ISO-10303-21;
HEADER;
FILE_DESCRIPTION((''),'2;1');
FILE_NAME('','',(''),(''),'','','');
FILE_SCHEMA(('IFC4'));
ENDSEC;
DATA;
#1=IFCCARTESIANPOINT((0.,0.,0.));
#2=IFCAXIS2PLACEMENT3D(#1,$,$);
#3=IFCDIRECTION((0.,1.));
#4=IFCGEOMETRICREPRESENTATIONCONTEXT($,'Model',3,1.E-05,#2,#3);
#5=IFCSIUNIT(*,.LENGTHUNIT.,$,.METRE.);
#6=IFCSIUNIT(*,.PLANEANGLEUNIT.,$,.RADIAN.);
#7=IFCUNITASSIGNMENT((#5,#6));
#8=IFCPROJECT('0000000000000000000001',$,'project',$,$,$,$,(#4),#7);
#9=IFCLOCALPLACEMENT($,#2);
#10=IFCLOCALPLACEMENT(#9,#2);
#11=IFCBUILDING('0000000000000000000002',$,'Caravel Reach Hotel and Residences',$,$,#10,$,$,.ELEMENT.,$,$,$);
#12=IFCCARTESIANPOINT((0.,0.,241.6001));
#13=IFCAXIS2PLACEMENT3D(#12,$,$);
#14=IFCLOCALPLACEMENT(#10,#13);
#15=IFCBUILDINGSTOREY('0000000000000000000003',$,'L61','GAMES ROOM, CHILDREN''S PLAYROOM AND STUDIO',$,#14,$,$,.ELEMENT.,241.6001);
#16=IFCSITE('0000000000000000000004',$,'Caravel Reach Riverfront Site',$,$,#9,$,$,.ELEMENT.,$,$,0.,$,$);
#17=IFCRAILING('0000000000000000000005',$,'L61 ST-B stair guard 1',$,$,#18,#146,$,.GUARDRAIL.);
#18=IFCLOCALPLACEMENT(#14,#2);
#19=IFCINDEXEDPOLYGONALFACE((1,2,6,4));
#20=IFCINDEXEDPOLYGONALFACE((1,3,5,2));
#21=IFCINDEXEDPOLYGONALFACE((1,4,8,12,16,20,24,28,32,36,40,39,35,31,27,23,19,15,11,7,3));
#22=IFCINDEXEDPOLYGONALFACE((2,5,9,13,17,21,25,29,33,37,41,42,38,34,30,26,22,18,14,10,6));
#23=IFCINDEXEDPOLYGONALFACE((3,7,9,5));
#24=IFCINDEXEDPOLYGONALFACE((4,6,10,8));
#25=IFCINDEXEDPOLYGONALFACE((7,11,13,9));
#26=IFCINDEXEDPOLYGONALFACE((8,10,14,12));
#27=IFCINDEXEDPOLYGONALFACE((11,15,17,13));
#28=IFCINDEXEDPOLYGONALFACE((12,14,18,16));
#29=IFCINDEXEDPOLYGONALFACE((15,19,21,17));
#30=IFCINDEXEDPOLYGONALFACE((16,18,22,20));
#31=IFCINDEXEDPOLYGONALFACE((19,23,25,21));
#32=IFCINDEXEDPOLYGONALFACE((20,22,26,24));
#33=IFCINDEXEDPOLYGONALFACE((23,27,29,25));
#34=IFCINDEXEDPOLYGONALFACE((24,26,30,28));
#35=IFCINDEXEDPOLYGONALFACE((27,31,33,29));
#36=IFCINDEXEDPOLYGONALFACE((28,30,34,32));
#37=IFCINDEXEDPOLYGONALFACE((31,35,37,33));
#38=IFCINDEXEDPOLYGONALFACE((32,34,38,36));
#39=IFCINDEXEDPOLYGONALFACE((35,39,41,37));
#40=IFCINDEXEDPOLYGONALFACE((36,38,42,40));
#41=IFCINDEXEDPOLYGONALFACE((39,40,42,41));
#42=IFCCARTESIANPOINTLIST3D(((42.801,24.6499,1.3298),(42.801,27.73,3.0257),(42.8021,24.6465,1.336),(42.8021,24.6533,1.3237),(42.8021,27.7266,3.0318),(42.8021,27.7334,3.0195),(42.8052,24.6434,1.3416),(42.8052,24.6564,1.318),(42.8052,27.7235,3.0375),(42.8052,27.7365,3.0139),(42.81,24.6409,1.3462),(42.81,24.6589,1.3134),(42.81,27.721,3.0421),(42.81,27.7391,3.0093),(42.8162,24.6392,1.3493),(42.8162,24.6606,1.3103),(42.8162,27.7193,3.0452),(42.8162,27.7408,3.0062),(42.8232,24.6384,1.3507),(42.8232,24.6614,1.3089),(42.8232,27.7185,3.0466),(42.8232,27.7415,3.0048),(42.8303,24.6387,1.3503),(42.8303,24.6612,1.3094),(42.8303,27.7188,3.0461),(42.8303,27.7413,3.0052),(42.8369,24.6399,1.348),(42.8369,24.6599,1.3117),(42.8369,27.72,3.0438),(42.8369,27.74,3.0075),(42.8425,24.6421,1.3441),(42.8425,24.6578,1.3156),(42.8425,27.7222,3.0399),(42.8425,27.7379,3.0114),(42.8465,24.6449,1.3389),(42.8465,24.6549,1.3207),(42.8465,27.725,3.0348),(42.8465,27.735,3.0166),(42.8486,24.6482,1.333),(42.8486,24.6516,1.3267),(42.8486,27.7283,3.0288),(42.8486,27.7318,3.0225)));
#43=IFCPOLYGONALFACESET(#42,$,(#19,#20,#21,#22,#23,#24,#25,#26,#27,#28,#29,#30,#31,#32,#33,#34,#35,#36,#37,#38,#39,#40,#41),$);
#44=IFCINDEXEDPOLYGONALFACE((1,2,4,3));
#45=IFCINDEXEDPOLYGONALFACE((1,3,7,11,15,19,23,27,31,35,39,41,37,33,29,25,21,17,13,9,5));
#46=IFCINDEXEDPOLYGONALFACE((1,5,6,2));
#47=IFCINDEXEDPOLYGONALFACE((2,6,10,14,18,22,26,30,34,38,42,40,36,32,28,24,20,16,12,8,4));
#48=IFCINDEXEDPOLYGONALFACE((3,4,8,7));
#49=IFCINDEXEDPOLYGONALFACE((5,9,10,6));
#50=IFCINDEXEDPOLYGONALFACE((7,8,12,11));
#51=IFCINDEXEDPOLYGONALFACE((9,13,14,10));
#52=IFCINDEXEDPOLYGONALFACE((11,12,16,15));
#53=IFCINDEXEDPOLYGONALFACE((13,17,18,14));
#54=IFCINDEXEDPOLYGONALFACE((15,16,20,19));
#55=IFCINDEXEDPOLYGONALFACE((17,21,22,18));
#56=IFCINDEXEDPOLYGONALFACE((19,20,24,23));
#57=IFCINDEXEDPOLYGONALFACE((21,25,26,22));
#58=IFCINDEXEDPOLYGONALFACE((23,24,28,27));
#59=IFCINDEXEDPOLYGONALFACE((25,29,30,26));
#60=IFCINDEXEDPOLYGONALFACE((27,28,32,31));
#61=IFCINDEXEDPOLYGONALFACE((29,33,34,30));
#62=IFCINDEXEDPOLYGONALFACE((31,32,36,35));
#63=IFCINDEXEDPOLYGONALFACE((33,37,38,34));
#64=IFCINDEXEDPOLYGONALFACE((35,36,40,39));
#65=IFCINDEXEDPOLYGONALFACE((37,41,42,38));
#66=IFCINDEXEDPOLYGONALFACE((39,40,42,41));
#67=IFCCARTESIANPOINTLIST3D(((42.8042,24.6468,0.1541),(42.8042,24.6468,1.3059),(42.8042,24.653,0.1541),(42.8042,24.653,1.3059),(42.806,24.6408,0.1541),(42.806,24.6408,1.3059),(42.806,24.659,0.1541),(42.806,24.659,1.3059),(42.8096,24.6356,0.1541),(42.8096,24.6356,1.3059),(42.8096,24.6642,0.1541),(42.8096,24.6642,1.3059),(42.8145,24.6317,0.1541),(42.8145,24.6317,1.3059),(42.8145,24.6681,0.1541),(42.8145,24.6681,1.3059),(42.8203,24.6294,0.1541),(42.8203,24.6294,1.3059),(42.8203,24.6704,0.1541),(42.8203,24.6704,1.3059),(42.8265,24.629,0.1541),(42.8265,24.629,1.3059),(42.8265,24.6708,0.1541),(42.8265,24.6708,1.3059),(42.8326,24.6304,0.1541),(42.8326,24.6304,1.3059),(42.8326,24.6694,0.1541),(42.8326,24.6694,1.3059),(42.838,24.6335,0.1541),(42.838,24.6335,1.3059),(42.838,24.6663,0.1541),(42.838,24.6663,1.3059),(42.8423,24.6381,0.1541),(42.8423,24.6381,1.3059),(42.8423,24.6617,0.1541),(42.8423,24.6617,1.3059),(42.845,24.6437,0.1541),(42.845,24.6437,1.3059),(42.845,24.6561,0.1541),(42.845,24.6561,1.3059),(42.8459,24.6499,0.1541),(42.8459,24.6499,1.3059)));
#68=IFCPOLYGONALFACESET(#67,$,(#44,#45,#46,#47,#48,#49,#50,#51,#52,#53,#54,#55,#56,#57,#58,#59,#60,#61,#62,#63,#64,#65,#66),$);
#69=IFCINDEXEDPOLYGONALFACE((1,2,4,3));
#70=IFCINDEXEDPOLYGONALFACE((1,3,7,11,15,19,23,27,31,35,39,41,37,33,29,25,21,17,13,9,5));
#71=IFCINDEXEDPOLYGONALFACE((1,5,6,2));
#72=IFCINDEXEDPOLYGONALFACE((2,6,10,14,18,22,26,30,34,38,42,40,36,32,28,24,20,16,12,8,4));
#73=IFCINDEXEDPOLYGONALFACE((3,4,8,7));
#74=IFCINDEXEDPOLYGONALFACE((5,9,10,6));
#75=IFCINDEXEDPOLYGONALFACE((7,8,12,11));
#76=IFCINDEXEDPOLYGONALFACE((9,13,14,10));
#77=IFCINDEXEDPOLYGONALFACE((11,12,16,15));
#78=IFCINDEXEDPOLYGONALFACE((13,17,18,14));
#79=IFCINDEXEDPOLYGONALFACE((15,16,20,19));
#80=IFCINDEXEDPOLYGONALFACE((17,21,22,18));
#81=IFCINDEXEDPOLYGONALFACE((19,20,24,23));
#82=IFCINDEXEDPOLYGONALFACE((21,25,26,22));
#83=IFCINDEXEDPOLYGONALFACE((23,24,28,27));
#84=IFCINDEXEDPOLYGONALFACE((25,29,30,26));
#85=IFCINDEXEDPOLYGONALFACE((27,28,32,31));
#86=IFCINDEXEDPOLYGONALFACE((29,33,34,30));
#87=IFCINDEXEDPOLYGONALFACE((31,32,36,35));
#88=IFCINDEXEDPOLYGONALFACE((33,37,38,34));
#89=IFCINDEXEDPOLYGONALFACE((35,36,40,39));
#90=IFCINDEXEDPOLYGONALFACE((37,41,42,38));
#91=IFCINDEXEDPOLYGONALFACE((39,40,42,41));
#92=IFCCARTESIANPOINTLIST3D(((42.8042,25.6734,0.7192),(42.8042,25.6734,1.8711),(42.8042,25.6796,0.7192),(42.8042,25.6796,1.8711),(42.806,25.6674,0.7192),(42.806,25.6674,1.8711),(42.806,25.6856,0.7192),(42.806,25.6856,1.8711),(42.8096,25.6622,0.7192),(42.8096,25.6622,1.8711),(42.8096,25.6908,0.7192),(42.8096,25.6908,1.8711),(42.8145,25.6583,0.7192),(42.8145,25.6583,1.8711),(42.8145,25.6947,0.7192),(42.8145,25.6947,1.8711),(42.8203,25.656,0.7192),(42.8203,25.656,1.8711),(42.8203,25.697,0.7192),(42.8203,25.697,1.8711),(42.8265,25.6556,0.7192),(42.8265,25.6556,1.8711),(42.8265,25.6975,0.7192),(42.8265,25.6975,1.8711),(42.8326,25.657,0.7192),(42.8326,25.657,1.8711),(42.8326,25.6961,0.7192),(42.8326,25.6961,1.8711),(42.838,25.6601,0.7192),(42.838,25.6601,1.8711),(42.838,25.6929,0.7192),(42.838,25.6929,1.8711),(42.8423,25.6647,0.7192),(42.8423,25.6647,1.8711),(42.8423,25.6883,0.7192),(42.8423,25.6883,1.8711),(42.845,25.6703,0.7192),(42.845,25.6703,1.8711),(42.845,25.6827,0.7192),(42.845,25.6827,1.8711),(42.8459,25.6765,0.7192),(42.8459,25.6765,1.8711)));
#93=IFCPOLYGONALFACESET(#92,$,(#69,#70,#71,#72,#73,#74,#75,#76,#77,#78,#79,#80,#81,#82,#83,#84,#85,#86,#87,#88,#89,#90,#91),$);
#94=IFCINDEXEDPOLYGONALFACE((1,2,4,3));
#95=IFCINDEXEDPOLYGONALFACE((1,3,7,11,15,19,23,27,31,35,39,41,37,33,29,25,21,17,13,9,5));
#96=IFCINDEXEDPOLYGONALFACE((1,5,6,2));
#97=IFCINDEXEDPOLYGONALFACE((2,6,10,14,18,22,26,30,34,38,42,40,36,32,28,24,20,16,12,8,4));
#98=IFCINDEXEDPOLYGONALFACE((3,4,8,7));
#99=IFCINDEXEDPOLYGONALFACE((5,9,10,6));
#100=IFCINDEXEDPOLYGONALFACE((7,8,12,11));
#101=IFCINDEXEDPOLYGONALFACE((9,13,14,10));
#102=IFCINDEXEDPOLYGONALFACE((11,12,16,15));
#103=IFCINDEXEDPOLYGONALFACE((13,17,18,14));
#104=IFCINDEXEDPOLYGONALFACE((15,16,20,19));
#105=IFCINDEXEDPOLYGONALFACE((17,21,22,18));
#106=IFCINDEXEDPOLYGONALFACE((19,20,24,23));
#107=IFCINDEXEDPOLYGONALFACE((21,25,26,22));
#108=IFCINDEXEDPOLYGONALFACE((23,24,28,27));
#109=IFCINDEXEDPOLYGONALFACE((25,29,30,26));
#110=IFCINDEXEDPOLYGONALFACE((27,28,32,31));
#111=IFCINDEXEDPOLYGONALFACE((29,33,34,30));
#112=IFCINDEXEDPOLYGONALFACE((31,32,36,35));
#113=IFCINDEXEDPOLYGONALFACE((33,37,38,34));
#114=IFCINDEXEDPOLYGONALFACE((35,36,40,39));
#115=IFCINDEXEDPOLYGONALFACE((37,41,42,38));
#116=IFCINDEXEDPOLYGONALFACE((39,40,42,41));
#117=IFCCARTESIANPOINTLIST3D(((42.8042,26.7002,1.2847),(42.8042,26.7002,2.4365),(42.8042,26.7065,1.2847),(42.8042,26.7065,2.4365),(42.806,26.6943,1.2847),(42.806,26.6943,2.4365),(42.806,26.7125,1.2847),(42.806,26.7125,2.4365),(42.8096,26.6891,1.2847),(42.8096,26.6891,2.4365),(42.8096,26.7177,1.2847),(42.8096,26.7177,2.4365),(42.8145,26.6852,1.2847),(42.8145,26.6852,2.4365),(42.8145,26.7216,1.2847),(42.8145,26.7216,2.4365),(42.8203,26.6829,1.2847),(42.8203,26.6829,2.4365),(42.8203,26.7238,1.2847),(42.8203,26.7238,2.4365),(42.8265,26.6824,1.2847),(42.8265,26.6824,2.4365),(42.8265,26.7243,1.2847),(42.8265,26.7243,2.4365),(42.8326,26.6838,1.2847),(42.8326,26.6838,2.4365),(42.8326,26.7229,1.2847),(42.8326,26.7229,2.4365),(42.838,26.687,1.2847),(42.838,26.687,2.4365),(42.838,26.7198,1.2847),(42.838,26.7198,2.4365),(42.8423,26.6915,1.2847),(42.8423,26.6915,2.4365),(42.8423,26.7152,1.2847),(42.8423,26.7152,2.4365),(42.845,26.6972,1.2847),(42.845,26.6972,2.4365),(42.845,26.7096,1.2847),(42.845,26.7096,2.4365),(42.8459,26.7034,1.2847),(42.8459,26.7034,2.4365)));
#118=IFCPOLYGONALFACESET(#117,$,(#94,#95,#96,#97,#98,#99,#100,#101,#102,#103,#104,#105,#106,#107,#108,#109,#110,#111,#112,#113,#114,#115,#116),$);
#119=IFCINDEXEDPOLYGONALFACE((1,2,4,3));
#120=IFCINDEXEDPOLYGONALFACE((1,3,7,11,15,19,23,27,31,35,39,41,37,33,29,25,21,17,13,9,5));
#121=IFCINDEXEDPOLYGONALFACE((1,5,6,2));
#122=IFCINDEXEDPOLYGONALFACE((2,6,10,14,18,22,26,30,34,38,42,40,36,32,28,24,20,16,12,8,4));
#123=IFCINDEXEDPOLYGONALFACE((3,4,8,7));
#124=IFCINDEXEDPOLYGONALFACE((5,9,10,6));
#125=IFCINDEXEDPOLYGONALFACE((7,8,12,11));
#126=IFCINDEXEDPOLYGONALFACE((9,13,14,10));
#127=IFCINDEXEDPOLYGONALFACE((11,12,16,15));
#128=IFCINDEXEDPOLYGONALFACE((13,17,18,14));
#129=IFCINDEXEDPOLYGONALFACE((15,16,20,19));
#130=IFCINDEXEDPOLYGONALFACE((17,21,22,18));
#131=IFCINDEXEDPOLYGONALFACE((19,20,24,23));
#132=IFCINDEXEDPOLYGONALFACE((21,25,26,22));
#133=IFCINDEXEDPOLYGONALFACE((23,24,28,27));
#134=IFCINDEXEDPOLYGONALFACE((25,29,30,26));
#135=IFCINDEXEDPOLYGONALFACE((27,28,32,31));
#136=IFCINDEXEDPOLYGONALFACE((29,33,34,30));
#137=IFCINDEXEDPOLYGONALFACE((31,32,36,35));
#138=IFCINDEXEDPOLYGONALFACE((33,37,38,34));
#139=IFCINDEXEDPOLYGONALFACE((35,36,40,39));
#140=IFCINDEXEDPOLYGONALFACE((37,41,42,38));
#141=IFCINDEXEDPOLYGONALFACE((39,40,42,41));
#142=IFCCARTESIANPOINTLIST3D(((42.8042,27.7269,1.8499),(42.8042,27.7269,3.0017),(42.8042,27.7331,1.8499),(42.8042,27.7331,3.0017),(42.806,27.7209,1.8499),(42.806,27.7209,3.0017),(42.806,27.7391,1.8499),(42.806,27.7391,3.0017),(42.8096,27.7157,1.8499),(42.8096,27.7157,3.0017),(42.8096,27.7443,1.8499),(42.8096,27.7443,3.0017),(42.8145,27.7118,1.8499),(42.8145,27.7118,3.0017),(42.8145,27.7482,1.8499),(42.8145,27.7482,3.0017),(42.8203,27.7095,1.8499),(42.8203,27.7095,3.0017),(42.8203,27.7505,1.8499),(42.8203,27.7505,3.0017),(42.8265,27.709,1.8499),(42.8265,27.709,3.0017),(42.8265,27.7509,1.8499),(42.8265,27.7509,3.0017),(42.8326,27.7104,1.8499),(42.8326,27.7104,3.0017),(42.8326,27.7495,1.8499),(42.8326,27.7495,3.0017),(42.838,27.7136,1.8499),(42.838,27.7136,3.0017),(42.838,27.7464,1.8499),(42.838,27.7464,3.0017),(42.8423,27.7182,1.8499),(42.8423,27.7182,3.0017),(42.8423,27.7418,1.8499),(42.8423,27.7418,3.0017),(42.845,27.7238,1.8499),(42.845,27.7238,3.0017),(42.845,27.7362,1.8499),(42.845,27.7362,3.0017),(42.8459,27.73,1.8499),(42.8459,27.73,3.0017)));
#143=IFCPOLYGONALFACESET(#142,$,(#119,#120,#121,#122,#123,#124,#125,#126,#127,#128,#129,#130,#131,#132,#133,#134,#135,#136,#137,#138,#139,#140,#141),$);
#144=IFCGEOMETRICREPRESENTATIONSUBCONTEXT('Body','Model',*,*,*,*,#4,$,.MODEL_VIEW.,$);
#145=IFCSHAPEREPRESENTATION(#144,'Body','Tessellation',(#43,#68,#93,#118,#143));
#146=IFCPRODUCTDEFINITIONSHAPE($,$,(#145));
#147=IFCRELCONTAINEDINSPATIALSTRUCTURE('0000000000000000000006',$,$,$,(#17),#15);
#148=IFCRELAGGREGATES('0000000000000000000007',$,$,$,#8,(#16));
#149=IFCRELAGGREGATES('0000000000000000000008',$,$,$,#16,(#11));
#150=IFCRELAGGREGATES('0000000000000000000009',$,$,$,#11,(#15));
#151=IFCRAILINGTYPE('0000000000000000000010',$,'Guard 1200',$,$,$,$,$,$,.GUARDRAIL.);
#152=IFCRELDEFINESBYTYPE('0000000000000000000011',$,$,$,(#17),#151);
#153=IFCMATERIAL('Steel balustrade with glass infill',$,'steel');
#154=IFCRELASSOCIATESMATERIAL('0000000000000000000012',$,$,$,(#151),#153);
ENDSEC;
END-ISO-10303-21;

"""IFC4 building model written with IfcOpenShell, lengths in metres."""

from ifc_helpers import new_model, si_unit, direction, frame, origin, origin_2d, place, context, subcontext, project, spatial, circle, extrude, material, type_object, element, save


model = new_model("IFC4")

# Units and contexts
model_context = context("Model", 3, precision=1e-05, world=origin(), true_north=direction((0.0, 1.0)))
body_context = subcontext(model_context, "Body", "Model", "MODEL_VIEW")
ifc_project = project(units=[si_unit("LENGTHUNIT", "METRE"), si_unit("PLANEANGLEUNIT", "RADIAN")], contexts=[model_context])

# Site, building, storey
site_placement = place(None, origin())
site = spatial("IfcSite", under=ifc_project, at=site_placement, Name="Caravel Reach Riverfront Site", CompositionType="ELEMENT", RefElevation=0.0)
building_placement = place(site_placement, origin())
building = spatial("IfcBuilding", under=site, at=building_placement, Name="Caravel Reach Hotel and Residences", CompositionType="ELEMENT")
storey_placement = place(building_placement, frame((0.0, 0.0, 241.6001)))
storey = spatial("IfcBuildingStorey", under=building, at=storey_placement, Name="L61", Description="GAMES ROOM, CHILDREN'S PLAYROOM AND STUDIO", CompositionType="ELEMENT", Elevation=241.6001)

# Railing
ifc_material_1 = material(Name="Steel balustrade with glass infill", Category="steel")
railing_type_1 = type_object("IfcRailingType", Name="Guard 1200", PredefinedType="GUARDRAIL", material=ifc_material_1)
railing_1_placement = place(storey_placement, frame((42.825, 24.6499, 0.1541)))
element("IfcRailing", 1, at=railing_1_placement, inside=storey, type_object=railing_type_1, Name="L61 ST-B stair guard 1", PredefinedType="GUARDRAIL", context=body_context, shape_type="SweptSolid", body=[
    extrude(circle(Radius=0.0239, at=origin_2d()), frame((0.0, 0.0, 1.1758), z_axis=(0.0, 0.876005, 0.482303), x_axis=(-1.0, 0.0, 0.0)), (0.0, 0.0, 1.0), 3.5161),
    extrude(circle(Radius=0.021, at=origin_2d()), origin(), (0.0, 0.0, 1.0), 1.1519),
    extrude(circle(Radius=0.021, at=origin_2d()), frame((0.0, 1.0266, 0.5652)), (0.0, 0.0, 1.0), 1.1519),
    extrude(circle(Radius=0.021, at=origin_2d()), frame((0.0, 2.0535, 1.1306)), (0.0, 0.0, 1.0), 1.1519),
    extrude(circle(Radius=0.021, at=origin_2d()), frame((0.0, 3.0801, 1.6958)), (0.0, 0.0, 1.0), 1.1519),
])

save(model, "model.ifc")
